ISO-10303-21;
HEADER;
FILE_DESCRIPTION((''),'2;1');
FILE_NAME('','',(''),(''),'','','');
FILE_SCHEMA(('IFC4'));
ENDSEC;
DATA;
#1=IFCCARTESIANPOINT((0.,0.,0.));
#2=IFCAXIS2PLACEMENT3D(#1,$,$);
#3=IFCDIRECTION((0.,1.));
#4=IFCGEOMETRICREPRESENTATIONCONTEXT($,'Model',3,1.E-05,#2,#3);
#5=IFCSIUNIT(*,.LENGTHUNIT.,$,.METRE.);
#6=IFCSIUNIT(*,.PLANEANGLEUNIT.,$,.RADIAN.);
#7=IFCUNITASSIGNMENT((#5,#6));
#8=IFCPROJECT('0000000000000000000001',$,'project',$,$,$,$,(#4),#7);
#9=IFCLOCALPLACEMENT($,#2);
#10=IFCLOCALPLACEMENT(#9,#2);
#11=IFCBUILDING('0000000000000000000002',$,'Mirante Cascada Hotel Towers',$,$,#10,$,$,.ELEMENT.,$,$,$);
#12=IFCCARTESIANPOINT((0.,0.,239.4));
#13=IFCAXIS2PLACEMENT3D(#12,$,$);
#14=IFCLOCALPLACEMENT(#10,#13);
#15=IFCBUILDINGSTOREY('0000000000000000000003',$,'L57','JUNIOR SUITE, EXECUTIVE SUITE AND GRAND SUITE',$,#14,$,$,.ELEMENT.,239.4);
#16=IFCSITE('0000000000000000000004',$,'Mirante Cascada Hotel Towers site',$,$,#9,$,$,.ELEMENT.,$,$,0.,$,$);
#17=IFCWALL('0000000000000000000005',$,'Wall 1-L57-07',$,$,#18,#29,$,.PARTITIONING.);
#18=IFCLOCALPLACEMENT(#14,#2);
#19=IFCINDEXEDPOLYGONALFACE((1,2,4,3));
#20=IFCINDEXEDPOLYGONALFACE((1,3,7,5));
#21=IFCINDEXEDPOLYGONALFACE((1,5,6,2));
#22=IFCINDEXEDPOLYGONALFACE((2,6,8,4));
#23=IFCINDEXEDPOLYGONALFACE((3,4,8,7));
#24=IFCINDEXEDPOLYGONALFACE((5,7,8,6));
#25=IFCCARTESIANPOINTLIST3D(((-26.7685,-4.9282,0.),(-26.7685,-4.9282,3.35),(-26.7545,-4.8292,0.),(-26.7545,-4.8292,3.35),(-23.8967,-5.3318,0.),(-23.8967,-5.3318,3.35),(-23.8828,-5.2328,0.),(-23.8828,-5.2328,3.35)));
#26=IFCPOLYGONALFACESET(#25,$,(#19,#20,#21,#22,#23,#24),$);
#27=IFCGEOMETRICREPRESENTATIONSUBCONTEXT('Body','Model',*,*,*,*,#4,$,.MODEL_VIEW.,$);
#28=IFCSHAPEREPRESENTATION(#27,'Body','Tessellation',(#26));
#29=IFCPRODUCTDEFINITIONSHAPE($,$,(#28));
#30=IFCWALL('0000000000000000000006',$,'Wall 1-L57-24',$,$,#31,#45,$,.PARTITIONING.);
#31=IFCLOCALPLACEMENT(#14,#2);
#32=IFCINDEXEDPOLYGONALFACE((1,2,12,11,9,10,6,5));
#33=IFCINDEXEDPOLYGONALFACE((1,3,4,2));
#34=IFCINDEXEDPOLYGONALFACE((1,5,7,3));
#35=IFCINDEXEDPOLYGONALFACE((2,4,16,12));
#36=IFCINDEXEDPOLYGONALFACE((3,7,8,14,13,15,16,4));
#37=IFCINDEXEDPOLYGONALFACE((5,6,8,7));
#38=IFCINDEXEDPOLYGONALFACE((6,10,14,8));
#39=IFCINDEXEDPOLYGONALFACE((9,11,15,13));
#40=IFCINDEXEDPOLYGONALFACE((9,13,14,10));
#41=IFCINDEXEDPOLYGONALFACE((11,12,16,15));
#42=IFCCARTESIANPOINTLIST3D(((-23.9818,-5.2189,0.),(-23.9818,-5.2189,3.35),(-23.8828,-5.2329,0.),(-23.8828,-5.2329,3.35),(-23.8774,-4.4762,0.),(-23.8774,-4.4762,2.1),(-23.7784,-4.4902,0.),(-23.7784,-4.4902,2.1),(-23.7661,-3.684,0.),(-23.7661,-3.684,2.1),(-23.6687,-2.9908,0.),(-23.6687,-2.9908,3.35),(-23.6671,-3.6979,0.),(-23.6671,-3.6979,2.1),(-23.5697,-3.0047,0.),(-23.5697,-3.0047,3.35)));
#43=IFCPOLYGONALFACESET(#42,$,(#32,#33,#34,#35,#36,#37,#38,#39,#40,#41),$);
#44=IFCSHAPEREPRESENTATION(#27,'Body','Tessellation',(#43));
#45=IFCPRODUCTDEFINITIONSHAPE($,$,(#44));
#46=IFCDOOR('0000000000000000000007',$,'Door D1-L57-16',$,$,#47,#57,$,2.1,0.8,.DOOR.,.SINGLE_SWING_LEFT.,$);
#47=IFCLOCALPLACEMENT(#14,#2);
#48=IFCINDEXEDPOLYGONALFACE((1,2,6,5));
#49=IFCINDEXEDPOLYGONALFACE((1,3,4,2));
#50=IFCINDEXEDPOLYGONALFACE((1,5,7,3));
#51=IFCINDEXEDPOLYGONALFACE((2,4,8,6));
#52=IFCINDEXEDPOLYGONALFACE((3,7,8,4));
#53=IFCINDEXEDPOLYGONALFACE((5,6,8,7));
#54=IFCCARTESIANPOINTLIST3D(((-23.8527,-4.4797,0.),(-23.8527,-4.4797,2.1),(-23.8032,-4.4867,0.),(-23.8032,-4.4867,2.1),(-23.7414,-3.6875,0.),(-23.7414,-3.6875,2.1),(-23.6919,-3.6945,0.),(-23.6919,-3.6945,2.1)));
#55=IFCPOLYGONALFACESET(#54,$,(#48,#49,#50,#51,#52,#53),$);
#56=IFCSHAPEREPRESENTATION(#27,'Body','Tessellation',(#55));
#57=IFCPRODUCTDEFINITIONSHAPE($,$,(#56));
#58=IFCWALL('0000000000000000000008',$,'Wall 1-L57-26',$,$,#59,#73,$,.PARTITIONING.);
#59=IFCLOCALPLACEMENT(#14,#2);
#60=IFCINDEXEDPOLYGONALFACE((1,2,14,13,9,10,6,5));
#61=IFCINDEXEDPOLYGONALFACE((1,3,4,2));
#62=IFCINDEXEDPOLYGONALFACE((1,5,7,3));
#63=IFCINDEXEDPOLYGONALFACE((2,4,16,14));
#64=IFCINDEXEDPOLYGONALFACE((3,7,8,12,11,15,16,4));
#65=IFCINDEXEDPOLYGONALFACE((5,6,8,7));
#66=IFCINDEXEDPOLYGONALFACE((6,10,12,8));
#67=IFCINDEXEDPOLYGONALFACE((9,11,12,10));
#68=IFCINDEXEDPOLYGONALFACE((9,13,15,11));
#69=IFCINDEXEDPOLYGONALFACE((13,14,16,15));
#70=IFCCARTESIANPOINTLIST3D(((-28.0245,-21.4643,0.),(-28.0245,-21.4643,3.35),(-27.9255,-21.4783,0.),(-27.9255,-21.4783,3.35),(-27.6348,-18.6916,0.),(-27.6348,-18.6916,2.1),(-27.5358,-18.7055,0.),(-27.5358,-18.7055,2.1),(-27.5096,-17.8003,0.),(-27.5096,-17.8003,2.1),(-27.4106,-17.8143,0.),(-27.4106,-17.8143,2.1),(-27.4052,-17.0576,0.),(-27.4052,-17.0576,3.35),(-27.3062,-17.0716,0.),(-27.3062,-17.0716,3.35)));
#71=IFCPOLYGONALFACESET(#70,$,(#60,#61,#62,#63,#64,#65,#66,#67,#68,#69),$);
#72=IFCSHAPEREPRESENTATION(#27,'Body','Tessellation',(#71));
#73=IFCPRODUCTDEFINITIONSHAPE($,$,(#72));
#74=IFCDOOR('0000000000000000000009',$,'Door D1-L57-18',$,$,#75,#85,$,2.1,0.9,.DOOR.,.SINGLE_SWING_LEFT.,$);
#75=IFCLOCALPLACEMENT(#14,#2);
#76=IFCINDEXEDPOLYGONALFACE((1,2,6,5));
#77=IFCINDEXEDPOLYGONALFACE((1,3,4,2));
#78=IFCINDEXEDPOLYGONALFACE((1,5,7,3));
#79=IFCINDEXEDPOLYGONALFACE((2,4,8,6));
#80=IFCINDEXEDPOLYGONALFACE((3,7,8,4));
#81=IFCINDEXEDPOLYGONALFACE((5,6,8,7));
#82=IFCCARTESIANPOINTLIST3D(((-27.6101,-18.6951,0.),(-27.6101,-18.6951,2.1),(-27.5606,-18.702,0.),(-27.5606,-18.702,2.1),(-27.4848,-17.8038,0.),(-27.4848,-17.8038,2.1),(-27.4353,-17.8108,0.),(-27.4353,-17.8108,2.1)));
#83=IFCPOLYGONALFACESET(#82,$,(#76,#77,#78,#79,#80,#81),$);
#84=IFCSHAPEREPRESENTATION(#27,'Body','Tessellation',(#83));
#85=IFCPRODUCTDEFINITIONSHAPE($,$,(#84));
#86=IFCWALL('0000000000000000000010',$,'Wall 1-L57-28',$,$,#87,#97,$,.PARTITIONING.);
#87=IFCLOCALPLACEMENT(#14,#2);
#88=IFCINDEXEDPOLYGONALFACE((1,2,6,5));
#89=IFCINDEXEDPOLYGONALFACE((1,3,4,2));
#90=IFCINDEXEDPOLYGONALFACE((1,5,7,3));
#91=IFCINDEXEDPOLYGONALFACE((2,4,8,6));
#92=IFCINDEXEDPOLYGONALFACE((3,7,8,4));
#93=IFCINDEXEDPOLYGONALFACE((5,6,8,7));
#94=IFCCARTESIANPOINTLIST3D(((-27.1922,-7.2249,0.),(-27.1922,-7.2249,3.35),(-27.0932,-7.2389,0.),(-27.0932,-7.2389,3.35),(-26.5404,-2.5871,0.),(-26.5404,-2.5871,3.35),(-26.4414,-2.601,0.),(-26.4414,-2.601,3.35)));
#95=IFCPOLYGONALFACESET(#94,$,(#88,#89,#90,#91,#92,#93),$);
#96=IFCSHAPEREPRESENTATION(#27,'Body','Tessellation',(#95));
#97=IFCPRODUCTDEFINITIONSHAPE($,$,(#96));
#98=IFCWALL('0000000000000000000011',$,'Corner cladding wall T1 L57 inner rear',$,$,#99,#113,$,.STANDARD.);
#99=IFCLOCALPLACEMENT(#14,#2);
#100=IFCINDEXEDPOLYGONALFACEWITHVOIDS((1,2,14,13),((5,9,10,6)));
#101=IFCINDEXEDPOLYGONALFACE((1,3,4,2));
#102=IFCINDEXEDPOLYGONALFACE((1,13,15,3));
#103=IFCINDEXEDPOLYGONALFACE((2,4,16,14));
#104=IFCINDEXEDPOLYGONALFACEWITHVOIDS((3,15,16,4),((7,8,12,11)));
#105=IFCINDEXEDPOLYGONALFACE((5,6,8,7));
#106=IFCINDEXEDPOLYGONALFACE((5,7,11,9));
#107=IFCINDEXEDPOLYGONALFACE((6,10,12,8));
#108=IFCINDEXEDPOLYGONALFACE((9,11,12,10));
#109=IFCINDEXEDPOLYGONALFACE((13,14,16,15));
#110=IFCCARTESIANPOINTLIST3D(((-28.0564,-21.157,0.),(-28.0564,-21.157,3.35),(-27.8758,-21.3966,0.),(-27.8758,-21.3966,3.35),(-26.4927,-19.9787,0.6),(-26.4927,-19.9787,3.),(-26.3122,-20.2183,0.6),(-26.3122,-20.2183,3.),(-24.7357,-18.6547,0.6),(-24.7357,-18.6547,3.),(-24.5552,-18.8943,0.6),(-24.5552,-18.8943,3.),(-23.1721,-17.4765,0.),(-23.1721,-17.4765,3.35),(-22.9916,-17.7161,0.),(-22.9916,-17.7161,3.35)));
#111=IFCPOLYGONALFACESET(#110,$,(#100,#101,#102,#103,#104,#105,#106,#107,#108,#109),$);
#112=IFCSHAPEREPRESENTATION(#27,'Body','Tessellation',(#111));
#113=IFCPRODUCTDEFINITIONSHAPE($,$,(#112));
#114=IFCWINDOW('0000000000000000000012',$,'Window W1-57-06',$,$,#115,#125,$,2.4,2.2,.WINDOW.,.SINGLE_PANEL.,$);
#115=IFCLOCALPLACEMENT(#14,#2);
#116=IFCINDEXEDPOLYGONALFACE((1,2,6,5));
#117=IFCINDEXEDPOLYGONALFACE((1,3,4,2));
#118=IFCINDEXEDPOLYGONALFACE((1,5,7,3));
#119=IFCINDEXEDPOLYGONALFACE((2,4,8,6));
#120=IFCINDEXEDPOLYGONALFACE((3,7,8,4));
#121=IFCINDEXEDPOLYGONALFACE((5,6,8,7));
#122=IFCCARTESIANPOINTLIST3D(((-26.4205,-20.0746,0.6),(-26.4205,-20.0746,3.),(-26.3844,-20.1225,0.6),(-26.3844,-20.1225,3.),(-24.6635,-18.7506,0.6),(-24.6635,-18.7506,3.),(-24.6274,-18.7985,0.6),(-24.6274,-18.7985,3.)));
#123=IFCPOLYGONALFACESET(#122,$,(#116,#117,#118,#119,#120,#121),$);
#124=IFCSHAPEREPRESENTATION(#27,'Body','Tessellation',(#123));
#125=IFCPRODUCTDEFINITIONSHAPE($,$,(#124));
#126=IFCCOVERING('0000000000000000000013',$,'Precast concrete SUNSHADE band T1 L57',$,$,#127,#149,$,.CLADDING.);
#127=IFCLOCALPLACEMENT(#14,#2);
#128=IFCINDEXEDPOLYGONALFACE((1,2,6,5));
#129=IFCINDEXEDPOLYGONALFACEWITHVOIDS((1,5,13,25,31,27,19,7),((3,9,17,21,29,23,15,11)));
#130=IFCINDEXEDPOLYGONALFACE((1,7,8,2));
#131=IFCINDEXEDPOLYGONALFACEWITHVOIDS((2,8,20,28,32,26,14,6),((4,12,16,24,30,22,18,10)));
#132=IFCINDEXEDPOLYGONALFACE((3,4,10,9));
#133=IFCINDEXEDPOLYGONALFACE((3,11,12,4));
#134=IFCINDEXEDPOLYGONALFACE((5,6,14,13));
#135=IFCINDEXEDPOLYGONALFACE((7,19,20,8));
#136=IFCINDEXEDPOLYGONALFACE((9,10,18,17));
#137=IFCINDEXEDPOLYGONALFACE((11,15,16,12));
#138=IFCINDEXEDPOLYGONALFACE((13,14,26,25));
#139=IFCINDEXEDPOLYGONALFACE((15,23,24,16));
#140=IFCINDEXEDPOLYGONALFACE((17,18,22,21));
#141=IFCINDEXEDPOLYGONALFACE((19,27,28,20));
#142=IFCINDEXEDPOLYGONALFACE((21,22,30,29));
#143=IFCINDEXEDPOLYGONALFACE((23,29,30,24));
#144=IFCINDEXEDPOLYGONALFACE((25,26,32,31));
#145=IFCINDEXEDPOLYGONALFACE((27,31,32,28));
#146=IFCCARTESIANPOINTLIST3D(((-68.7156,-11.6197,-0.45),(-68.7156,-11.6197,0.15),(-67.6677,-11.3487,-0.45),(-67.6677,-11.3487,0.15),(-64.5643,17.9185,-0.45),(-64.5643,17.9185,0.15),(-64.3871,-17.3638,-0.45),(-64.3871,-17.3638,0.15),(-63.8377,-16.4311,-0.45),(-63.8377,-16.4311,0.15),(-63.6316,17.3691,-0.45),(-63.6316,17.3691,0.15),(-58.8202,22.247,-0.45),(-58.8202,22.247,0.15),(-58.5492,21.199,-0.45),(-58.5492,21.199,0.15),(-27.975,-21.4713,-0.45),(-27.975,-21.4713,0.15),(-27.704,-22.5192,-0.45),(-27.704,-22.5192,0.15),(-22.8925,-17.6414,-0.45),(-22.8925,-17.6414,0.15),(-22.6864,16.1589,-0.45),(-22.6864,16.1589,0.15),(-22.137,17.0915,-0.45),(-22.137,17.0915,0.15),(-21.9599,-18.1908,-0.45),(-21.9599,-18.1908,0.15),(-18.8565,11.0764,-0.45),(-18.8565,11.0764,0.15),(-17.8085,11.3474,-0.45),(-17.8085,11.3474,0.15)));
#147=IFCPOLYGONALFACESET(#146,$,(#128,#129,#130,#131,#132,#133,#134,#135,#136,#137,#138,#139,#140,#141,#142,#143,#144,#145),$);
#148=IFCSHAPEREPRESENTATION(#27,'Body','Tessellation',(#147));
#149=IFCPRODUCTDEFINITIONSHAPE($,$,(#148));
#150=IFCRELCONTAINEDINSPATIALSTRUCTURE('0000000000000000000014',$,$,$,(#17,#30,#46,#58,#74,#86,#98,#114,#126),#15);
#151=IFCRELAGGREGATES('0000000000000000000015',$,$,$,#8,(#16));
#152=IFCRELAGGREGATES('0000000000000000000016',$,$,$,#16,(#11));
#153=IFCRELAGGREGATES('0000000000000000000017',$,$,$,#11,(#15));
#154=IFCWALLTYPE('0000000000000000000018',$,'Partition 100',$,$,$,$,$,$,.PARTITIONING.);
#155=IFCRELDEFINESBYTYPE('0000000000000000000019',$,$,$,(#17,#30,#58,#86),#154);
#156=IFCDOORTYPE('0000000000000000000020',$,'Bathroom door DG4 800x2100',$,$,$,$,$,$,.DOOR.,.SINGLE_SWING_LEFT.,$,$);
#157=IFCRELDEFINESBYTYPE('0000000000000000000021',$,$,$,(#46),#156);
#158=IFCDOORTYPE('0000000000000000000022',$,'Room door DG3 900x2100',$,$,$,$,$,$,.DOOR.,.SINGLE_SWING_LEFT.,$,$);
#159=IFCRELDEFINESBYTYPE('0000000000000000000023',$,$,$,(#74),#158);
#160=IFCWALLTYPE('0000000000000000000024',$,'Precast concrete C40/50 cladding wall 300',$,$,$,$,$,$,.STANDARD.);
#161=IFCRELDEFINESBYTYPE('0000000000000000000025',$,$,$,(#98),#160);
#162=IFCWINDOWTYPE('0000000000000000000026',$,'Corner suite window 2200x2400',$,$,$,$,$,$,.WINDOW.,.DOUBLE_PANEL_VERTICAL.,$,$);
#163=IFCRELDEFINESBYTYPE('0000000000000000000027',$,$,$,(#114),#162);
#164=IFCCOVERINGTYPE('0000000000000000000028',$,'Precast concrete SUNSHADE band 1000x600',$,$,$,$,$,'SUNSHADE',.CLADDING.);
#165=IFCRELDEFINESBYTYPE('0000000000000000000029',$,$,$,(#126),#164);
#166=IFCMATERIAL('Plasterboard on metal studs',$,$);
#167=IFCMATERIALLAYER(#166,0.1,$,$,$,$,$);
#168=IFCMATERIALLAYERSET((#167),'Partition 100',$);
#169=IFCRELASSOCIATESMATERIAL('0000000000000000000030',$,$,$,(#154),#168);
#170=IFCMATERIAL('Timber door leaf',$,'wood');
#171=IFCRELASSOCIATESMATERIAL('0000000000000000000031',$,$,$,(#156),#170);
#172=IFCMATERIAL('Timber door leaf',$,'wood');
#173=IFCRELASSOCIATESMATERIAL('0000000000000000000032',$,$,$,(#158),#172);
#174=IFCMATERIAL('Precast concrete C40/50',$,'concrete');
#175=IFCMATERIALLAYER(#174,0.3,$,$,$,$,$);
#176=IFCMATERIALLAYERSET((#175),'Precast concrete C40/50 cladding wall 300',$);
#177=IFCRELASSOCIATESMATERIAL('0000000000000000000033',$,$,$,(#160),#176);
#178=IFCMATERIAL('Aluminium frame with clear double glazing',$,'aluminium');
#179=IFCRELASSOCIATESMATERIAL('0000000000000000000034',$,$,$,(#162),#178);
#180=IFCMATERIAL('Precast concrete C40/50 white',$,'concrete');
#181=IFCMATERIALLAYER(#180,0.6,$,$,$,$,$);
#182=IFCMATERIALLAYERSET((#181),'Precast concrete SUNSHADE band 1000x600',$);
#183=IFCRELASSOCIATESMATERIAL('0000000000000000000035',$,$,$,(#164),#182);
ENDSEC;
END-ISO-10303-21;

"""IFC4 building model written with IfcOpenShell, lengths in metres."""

from ifc_helpers import new_model, si_unit, direction, frame, frame_2d, origin, place, context, subcontext, project, spatial, polyline, rectangle, outline, extrude, material, layer, layer_set, type_object, element, fill, save


model = new_model("IFC4")

# Units and contexts
model_context = context("Model", 3, precision=1e-05, world=origin(), true_north=direction((0.0, 1.0)))
body_context = subcontext(model_context, "Body", "Model", "MODEL_VIEW")
ifc_project = project(units=[si_unit("LENGTHUNIT", "METRE"), si_unit("PLANEANGLEUNIT", "RADIAN")], contexts=[model_context])

# Site, building, storey
site_placement = place(None, origin())
site = spatial("IfcSite", under=ifc_project, at=site_placement, Name="Mirante Cascada Hotel Towers site", CompositionType="ELEMENT", RefElevation=0.0)
building_placement = place(site_placement, origin())
building = spatial("IfcBuilding", under=site, at=building_placement, Name="Mirante Cascada Hotel Towers", CompositionType="ELEMENT")
storey_placement = place(building_placement, frame((0.0, 0.0, 239.4)))
storey = spatial("IfcBuildingStorey", under=building, at=storey_placement, Name="L57", Description="JUNIOR SUITE, EXECUTIVE SUITE AND GRAND SUITE", CompositionType="ELEMENT", Elevation=239.4)

# Wall
ifc_material_1 = material(Name="Plasterboard on metal studs")
ifc_layer_1 = layer(ifc_material_1, 0.1)
ifc_layer_set_1 = layer_set([ifc_layer_1], Name="Partition 100")
wall_type_1 = type_object("IfcWallType", Name="Partition 100", PredefinedType="PARTITIONING", material=ifc_layer_set_1)
wall_1_placement = place(storey_placement, frame((-26.7615, -4.8787, 0.0), z_axis=(0.0, 0.0, 1.0), x_axis=(0.990268, -0.139171, 0.0)))
element("IfcWall", 1, at=wall_1_placement, inside=storey, type_object=wall_type_1, Name="Wall 1-L57-07", PredefinedType="PARTITIONING", context=body_context, shape_type="SweptSolid", body=[
    extrude(rectangle(XDim=2.9, YDim=0.1, at=frame_2d((1.45, 0.0))), origin(), (0.0, 0.0, 1.0), 3.35),
])

# Walls, openings, doors
wall_2_placement = place(storey_placement, frame((-23.9323, -5.2259, 0.0), z_axis=(0.0, 0.0, 1.0), x_axis=(0.139156, 0.990271, 0.0)))
wall_2 = element("IfcWall", 2, at=wall_2_placement, inside=storey, type_object=wall_type_1, Name="Wall 1-L57-24", PredefinedType="PARTITIONING", context=body_context, shape_type="SweptSolid", body=[
    extrude(rectangle(XDim=2.25, YDim=0.1, at=frame_2d((1.125, 0.0))), origin(), (0.0, 0.0, 1.0), 3.35),
])
opening_1_placement = place(wall_2_placement, frame((0.75, 0.0, 0.0)))
opening_1 = element("IfcOpeningElement", 3, at=opening_1_placement, cuts=wall_2, PredefinedType="OPENING", context=body_context, shape_type="SweptSolid", body=[
    extrude(rectangle(XDim=0.8, YDim=2.1, at=frame_2d((0.4, 1.05))), frame((0.0, 0.05, 0.0), z_axis=(0.0, -1.0, 0.0), x_axis=(1.0, 0.0, 0.0)), (0.0, 0.0, 1.0), 0.1),
])
ifc_material_2 = material(Name="Timber door leaf", Category="wood")
door_type_1 = type_object("IfcDoorType", Name="Bathroom door DG4 800x2100", OperationType="SINGLE_SWING_LEFT", PredefinedType="DOOR", material=ifc_material_2)
door_1_placement = place(opening_1_placement, origin())
door_1 = element("IfcDoor", 4, at=door_1_placement, inside=storey, type_object=door_type_1, Name="Door D1-L57-16", OperationType="SINGLE_SWING_LEFT", OverallHeight=2.1, OverallWidth=0.8, PredefinedType="DOOR", context=body_context, shape_type="SweptSolid", body=[
    extrude(rectangle(XDim=0.8, YDim=2.1, at=frame_2d((0.4, 1.05))), frame((0.0, 0.025, 0.0), z_axis=(0.0, -1.0, 0.0), x_axis=(1.0, 0.0, 0.0)), (0.0, 0.0, 1.0), 0.05),
])
fill(opening_1, door_1)
wall_3_placement = place(storey_placement, frame((-27.975, -21.4713, 0.0), z_axis=(0.0, 0.0, 1.0), x_axis=(0.139168, 0.990269, 0.0)))
wall_3 = element("IfcWall", 5, at=wall_3_placement, inside=storey, type_object=wall_type_1, Name="Wall 1-L57-26", PredefinedType="PARTITIONING", context=body_context, shape_type="SweptSolid", body=[
    extrude(rectangle(XDim=4.45, YDim=0.1, at=frame_2d((2.225, 0.0))), origin(), (0.0, 0.0, 1.0), 3.35),
])
opening_2_placement = place(wall_3_placement, frame((2.8, 0.0, 0.0)))
opening_2 = element("IfcOpeningElement", 6, at=opening_2_placement, cuts=wall_3, PredefinedType="OPENING", context=body_context, shape_type="SweptSolid", body=[
    extrude(rectangle(XDim=0.9, YDim=2.1, at=frame_2d((0.45, 1.05))), frame((0.0, 0.05, 0.0), z_axis=(0.0, -1.0, 0.0), x_axis=(1.0, 0.0, 0.0)), (0.0, 0.0, 1.0), 0.1),
])
ifc_material_3 = material(Name="Timber door leaf", Category="wood")
door_type_2 = type_object("IfcDoorType", Name="Room door DG3 900x2100", OperationType="SINGLE_SWING_LEFT", PredefinedType="DOOR", material=ifc_material_3)
door_2_placement = place(opening_2_placement, origin())
door_2 = element("IfcDoor", 7, at=door_2_placement, inside=storey, type_object=door_type_2, Name="Door D1-L57-18", OperationType="SINGLE_SWING_LEFT", OverallHeight=2.1, OverallWidth=0.9, PredefinedType="DOOR", context=body_context, shape_type="SweptSolid", body=[
    extrude(rectangle(XDim=0.9, YDim=2.1, at=frame_2d((0.45, 1.05))), frame((0.0, 0.025, 0.0), z_axis=(0.0, -1.0, 0.0), x_axis=(1.0, 0.0, 0.0)), (0.0, 0.0, 1.0), 0.05),
])
fill(opening_2, door_2)

# Wall
wall_4_placement = place(storey_placement, frame((-27.1427, -7.2319, 0.0), z_axis=(0.0, 0.0, 1.0), x_axis=(0.139173, 0.990268, 0.0)))
element("IfcWall", 8, at=wall_4_placement, inside=storey, type_object=wall_type_1, Name="Wall 1-L57-28", PredefinedType="PARTITIONING", context=body_context, shape_type="SweptSolid", body=[
    extrude(rectangle(XDim=4.6834, YDim=0.1, at=frame_2d((2.3417, 0.0))), origin(), (0.0, 0.0, 1.0), 3.35),
])

# Wall, opening, window
ifc_material_4 = material(Name="Precast concrete C40/50", Category="concrete")
ifc_layer_2 = layer(ifc_material_4, 0.3)
ifc_layer_set_2 = layer_set([ifc_layer_2], Name="Precast concrete C40/50 cladding wall 300")
wall_type_2 = type_object("IfcWallType", Name="Precast concrete C40/50 cladding wall 300", PredefinedType="STANDARD", material=ifc_layer_set_2)
wall_5_placement = place(storey_placement, frame((-23.0819, -17.5963, 0.0), z_axis=(0.0, 0.0, 1.0), x_axis=(-0.798636, -0.601814, 0.0)))
wall_5 = element("IfcWall", 9, at=wall_5_placement, inside=storey, type_object=wall_type_2, Name="Corner cladding wall T1 L57 inner rear", PredefinedType="STANDARD", context=body_context, shape_type="SweptSolid", body=[
    extrude(rectangle(XDim=6.1157, YDim=0.3, at=frame_2d((3.0578, 0.0))), origin(), (0.0, 0.0, 1.0), 3.35),
])
opening_3_placement = place(wall_5_placement, frame((1.9578, 0.0, 0.6)))
opening_3 = element("IfcOpeningElement", 10, at=opening_3_placement, cuts=wall_5, PredefinedType="OPENING", context=body_context, shape_type="SweptSolid", body=[
    extrude(rectangle(XDim=2.2, YDim=2.4, at=frame_2d((1.1, 1.2))), frame((0.0, 0.15, 0.0), z_axis=(0.0, -1.0, 0.0), x_axis=(1.0, 0.0, 0.0)), (0.0, 0.0, 1.0), 0.3),
])
ifc_material_5 = material(Name="Aluminium frame with clear double glazing", Category="aluminium")
window_type = type_object("IfcWindowType", Name="Corner suite window 2200x2400", PartitioningType="DOUBLE_PANEL_VERTICAL", PredefinedType="WINDOW", material=ifc_material_5)
window_placement = place(opening_3_placement, origin())
window = element("IfcWindow", 11, at=window_placement, inside=storey, type_object=window_type, Name="Window W1-57-06", OverallHeight=2.4, OverallWidth=2.2, PartitioningType="SINGLE_PANEL", PredefinedType="WINDOW", context=body_context, shape_type="SweptSolid", body=[
    extrude(rectangle(XDim=2.2, YDim=2.4, at=frame_2d((1.1, 1.2))), frame((0.0, 0.03, 0.0), z_axis=(0.0, -1.0, 0.0), x_axis=(1.0, 0.0, 0.0)), (0.0, 0.0, 1.0), 0.06),
])
fill(opening_3, window)

# Covering
ifc_material_6 = material(Name="Precast concrete C40/50 white", Category="concrete")
ifc_layer_3 = layer(ifc_material_6, 0.6)
ifc_layer_set_3 = layer_set([ifc_layer_3], Name="Precast concrete SUNSHADE band 1000x600")
covering_type = type_object("IfcCoveringType", Name="Precast concrete SUNSHADE band 1000x600", ElementType="SUNSHADE", PredefinedType="CLADDING", material=ifc_layer_set_3)
covering_placement = place(storey_placement, frame((0.0, 0.0, -0.45)))
element("IfcCovering", 12, at=covering_placement, inside=storey, type_object=covering_type, Name="Precast concrete SUNSHADE band T1 L57", PredefinedType="CLADDING", context=body_context, shape_type="SweptSolid", body=[
    extrude(outline(polyline([(-68.7156, -11.6197), (-64.5643, 17.9185), (-58.8202, 22.247), (-22.137, 17.0915), (-17.8085, 11.3474), (-21.9599, -18.1908), (-27.704, -22.5192), (-64.3871, -17.3638), (-68.7156, -11.6197)]), holes=[polyline([(-18.8565, 11.0764), (-22.6864, 16.1589), (-58.5492, 21.199), (-63.6316, 17.3691), (-67.6677, -11.3487), (-63.8377, -16.4311), (-27.975, -21.4713), (-22.8925, -17.6414), (-18.8565, 11.0764)])]), origin(), (0.0, 0.0, 1.0), 0.6),
])

save(model, "model.ifc")
